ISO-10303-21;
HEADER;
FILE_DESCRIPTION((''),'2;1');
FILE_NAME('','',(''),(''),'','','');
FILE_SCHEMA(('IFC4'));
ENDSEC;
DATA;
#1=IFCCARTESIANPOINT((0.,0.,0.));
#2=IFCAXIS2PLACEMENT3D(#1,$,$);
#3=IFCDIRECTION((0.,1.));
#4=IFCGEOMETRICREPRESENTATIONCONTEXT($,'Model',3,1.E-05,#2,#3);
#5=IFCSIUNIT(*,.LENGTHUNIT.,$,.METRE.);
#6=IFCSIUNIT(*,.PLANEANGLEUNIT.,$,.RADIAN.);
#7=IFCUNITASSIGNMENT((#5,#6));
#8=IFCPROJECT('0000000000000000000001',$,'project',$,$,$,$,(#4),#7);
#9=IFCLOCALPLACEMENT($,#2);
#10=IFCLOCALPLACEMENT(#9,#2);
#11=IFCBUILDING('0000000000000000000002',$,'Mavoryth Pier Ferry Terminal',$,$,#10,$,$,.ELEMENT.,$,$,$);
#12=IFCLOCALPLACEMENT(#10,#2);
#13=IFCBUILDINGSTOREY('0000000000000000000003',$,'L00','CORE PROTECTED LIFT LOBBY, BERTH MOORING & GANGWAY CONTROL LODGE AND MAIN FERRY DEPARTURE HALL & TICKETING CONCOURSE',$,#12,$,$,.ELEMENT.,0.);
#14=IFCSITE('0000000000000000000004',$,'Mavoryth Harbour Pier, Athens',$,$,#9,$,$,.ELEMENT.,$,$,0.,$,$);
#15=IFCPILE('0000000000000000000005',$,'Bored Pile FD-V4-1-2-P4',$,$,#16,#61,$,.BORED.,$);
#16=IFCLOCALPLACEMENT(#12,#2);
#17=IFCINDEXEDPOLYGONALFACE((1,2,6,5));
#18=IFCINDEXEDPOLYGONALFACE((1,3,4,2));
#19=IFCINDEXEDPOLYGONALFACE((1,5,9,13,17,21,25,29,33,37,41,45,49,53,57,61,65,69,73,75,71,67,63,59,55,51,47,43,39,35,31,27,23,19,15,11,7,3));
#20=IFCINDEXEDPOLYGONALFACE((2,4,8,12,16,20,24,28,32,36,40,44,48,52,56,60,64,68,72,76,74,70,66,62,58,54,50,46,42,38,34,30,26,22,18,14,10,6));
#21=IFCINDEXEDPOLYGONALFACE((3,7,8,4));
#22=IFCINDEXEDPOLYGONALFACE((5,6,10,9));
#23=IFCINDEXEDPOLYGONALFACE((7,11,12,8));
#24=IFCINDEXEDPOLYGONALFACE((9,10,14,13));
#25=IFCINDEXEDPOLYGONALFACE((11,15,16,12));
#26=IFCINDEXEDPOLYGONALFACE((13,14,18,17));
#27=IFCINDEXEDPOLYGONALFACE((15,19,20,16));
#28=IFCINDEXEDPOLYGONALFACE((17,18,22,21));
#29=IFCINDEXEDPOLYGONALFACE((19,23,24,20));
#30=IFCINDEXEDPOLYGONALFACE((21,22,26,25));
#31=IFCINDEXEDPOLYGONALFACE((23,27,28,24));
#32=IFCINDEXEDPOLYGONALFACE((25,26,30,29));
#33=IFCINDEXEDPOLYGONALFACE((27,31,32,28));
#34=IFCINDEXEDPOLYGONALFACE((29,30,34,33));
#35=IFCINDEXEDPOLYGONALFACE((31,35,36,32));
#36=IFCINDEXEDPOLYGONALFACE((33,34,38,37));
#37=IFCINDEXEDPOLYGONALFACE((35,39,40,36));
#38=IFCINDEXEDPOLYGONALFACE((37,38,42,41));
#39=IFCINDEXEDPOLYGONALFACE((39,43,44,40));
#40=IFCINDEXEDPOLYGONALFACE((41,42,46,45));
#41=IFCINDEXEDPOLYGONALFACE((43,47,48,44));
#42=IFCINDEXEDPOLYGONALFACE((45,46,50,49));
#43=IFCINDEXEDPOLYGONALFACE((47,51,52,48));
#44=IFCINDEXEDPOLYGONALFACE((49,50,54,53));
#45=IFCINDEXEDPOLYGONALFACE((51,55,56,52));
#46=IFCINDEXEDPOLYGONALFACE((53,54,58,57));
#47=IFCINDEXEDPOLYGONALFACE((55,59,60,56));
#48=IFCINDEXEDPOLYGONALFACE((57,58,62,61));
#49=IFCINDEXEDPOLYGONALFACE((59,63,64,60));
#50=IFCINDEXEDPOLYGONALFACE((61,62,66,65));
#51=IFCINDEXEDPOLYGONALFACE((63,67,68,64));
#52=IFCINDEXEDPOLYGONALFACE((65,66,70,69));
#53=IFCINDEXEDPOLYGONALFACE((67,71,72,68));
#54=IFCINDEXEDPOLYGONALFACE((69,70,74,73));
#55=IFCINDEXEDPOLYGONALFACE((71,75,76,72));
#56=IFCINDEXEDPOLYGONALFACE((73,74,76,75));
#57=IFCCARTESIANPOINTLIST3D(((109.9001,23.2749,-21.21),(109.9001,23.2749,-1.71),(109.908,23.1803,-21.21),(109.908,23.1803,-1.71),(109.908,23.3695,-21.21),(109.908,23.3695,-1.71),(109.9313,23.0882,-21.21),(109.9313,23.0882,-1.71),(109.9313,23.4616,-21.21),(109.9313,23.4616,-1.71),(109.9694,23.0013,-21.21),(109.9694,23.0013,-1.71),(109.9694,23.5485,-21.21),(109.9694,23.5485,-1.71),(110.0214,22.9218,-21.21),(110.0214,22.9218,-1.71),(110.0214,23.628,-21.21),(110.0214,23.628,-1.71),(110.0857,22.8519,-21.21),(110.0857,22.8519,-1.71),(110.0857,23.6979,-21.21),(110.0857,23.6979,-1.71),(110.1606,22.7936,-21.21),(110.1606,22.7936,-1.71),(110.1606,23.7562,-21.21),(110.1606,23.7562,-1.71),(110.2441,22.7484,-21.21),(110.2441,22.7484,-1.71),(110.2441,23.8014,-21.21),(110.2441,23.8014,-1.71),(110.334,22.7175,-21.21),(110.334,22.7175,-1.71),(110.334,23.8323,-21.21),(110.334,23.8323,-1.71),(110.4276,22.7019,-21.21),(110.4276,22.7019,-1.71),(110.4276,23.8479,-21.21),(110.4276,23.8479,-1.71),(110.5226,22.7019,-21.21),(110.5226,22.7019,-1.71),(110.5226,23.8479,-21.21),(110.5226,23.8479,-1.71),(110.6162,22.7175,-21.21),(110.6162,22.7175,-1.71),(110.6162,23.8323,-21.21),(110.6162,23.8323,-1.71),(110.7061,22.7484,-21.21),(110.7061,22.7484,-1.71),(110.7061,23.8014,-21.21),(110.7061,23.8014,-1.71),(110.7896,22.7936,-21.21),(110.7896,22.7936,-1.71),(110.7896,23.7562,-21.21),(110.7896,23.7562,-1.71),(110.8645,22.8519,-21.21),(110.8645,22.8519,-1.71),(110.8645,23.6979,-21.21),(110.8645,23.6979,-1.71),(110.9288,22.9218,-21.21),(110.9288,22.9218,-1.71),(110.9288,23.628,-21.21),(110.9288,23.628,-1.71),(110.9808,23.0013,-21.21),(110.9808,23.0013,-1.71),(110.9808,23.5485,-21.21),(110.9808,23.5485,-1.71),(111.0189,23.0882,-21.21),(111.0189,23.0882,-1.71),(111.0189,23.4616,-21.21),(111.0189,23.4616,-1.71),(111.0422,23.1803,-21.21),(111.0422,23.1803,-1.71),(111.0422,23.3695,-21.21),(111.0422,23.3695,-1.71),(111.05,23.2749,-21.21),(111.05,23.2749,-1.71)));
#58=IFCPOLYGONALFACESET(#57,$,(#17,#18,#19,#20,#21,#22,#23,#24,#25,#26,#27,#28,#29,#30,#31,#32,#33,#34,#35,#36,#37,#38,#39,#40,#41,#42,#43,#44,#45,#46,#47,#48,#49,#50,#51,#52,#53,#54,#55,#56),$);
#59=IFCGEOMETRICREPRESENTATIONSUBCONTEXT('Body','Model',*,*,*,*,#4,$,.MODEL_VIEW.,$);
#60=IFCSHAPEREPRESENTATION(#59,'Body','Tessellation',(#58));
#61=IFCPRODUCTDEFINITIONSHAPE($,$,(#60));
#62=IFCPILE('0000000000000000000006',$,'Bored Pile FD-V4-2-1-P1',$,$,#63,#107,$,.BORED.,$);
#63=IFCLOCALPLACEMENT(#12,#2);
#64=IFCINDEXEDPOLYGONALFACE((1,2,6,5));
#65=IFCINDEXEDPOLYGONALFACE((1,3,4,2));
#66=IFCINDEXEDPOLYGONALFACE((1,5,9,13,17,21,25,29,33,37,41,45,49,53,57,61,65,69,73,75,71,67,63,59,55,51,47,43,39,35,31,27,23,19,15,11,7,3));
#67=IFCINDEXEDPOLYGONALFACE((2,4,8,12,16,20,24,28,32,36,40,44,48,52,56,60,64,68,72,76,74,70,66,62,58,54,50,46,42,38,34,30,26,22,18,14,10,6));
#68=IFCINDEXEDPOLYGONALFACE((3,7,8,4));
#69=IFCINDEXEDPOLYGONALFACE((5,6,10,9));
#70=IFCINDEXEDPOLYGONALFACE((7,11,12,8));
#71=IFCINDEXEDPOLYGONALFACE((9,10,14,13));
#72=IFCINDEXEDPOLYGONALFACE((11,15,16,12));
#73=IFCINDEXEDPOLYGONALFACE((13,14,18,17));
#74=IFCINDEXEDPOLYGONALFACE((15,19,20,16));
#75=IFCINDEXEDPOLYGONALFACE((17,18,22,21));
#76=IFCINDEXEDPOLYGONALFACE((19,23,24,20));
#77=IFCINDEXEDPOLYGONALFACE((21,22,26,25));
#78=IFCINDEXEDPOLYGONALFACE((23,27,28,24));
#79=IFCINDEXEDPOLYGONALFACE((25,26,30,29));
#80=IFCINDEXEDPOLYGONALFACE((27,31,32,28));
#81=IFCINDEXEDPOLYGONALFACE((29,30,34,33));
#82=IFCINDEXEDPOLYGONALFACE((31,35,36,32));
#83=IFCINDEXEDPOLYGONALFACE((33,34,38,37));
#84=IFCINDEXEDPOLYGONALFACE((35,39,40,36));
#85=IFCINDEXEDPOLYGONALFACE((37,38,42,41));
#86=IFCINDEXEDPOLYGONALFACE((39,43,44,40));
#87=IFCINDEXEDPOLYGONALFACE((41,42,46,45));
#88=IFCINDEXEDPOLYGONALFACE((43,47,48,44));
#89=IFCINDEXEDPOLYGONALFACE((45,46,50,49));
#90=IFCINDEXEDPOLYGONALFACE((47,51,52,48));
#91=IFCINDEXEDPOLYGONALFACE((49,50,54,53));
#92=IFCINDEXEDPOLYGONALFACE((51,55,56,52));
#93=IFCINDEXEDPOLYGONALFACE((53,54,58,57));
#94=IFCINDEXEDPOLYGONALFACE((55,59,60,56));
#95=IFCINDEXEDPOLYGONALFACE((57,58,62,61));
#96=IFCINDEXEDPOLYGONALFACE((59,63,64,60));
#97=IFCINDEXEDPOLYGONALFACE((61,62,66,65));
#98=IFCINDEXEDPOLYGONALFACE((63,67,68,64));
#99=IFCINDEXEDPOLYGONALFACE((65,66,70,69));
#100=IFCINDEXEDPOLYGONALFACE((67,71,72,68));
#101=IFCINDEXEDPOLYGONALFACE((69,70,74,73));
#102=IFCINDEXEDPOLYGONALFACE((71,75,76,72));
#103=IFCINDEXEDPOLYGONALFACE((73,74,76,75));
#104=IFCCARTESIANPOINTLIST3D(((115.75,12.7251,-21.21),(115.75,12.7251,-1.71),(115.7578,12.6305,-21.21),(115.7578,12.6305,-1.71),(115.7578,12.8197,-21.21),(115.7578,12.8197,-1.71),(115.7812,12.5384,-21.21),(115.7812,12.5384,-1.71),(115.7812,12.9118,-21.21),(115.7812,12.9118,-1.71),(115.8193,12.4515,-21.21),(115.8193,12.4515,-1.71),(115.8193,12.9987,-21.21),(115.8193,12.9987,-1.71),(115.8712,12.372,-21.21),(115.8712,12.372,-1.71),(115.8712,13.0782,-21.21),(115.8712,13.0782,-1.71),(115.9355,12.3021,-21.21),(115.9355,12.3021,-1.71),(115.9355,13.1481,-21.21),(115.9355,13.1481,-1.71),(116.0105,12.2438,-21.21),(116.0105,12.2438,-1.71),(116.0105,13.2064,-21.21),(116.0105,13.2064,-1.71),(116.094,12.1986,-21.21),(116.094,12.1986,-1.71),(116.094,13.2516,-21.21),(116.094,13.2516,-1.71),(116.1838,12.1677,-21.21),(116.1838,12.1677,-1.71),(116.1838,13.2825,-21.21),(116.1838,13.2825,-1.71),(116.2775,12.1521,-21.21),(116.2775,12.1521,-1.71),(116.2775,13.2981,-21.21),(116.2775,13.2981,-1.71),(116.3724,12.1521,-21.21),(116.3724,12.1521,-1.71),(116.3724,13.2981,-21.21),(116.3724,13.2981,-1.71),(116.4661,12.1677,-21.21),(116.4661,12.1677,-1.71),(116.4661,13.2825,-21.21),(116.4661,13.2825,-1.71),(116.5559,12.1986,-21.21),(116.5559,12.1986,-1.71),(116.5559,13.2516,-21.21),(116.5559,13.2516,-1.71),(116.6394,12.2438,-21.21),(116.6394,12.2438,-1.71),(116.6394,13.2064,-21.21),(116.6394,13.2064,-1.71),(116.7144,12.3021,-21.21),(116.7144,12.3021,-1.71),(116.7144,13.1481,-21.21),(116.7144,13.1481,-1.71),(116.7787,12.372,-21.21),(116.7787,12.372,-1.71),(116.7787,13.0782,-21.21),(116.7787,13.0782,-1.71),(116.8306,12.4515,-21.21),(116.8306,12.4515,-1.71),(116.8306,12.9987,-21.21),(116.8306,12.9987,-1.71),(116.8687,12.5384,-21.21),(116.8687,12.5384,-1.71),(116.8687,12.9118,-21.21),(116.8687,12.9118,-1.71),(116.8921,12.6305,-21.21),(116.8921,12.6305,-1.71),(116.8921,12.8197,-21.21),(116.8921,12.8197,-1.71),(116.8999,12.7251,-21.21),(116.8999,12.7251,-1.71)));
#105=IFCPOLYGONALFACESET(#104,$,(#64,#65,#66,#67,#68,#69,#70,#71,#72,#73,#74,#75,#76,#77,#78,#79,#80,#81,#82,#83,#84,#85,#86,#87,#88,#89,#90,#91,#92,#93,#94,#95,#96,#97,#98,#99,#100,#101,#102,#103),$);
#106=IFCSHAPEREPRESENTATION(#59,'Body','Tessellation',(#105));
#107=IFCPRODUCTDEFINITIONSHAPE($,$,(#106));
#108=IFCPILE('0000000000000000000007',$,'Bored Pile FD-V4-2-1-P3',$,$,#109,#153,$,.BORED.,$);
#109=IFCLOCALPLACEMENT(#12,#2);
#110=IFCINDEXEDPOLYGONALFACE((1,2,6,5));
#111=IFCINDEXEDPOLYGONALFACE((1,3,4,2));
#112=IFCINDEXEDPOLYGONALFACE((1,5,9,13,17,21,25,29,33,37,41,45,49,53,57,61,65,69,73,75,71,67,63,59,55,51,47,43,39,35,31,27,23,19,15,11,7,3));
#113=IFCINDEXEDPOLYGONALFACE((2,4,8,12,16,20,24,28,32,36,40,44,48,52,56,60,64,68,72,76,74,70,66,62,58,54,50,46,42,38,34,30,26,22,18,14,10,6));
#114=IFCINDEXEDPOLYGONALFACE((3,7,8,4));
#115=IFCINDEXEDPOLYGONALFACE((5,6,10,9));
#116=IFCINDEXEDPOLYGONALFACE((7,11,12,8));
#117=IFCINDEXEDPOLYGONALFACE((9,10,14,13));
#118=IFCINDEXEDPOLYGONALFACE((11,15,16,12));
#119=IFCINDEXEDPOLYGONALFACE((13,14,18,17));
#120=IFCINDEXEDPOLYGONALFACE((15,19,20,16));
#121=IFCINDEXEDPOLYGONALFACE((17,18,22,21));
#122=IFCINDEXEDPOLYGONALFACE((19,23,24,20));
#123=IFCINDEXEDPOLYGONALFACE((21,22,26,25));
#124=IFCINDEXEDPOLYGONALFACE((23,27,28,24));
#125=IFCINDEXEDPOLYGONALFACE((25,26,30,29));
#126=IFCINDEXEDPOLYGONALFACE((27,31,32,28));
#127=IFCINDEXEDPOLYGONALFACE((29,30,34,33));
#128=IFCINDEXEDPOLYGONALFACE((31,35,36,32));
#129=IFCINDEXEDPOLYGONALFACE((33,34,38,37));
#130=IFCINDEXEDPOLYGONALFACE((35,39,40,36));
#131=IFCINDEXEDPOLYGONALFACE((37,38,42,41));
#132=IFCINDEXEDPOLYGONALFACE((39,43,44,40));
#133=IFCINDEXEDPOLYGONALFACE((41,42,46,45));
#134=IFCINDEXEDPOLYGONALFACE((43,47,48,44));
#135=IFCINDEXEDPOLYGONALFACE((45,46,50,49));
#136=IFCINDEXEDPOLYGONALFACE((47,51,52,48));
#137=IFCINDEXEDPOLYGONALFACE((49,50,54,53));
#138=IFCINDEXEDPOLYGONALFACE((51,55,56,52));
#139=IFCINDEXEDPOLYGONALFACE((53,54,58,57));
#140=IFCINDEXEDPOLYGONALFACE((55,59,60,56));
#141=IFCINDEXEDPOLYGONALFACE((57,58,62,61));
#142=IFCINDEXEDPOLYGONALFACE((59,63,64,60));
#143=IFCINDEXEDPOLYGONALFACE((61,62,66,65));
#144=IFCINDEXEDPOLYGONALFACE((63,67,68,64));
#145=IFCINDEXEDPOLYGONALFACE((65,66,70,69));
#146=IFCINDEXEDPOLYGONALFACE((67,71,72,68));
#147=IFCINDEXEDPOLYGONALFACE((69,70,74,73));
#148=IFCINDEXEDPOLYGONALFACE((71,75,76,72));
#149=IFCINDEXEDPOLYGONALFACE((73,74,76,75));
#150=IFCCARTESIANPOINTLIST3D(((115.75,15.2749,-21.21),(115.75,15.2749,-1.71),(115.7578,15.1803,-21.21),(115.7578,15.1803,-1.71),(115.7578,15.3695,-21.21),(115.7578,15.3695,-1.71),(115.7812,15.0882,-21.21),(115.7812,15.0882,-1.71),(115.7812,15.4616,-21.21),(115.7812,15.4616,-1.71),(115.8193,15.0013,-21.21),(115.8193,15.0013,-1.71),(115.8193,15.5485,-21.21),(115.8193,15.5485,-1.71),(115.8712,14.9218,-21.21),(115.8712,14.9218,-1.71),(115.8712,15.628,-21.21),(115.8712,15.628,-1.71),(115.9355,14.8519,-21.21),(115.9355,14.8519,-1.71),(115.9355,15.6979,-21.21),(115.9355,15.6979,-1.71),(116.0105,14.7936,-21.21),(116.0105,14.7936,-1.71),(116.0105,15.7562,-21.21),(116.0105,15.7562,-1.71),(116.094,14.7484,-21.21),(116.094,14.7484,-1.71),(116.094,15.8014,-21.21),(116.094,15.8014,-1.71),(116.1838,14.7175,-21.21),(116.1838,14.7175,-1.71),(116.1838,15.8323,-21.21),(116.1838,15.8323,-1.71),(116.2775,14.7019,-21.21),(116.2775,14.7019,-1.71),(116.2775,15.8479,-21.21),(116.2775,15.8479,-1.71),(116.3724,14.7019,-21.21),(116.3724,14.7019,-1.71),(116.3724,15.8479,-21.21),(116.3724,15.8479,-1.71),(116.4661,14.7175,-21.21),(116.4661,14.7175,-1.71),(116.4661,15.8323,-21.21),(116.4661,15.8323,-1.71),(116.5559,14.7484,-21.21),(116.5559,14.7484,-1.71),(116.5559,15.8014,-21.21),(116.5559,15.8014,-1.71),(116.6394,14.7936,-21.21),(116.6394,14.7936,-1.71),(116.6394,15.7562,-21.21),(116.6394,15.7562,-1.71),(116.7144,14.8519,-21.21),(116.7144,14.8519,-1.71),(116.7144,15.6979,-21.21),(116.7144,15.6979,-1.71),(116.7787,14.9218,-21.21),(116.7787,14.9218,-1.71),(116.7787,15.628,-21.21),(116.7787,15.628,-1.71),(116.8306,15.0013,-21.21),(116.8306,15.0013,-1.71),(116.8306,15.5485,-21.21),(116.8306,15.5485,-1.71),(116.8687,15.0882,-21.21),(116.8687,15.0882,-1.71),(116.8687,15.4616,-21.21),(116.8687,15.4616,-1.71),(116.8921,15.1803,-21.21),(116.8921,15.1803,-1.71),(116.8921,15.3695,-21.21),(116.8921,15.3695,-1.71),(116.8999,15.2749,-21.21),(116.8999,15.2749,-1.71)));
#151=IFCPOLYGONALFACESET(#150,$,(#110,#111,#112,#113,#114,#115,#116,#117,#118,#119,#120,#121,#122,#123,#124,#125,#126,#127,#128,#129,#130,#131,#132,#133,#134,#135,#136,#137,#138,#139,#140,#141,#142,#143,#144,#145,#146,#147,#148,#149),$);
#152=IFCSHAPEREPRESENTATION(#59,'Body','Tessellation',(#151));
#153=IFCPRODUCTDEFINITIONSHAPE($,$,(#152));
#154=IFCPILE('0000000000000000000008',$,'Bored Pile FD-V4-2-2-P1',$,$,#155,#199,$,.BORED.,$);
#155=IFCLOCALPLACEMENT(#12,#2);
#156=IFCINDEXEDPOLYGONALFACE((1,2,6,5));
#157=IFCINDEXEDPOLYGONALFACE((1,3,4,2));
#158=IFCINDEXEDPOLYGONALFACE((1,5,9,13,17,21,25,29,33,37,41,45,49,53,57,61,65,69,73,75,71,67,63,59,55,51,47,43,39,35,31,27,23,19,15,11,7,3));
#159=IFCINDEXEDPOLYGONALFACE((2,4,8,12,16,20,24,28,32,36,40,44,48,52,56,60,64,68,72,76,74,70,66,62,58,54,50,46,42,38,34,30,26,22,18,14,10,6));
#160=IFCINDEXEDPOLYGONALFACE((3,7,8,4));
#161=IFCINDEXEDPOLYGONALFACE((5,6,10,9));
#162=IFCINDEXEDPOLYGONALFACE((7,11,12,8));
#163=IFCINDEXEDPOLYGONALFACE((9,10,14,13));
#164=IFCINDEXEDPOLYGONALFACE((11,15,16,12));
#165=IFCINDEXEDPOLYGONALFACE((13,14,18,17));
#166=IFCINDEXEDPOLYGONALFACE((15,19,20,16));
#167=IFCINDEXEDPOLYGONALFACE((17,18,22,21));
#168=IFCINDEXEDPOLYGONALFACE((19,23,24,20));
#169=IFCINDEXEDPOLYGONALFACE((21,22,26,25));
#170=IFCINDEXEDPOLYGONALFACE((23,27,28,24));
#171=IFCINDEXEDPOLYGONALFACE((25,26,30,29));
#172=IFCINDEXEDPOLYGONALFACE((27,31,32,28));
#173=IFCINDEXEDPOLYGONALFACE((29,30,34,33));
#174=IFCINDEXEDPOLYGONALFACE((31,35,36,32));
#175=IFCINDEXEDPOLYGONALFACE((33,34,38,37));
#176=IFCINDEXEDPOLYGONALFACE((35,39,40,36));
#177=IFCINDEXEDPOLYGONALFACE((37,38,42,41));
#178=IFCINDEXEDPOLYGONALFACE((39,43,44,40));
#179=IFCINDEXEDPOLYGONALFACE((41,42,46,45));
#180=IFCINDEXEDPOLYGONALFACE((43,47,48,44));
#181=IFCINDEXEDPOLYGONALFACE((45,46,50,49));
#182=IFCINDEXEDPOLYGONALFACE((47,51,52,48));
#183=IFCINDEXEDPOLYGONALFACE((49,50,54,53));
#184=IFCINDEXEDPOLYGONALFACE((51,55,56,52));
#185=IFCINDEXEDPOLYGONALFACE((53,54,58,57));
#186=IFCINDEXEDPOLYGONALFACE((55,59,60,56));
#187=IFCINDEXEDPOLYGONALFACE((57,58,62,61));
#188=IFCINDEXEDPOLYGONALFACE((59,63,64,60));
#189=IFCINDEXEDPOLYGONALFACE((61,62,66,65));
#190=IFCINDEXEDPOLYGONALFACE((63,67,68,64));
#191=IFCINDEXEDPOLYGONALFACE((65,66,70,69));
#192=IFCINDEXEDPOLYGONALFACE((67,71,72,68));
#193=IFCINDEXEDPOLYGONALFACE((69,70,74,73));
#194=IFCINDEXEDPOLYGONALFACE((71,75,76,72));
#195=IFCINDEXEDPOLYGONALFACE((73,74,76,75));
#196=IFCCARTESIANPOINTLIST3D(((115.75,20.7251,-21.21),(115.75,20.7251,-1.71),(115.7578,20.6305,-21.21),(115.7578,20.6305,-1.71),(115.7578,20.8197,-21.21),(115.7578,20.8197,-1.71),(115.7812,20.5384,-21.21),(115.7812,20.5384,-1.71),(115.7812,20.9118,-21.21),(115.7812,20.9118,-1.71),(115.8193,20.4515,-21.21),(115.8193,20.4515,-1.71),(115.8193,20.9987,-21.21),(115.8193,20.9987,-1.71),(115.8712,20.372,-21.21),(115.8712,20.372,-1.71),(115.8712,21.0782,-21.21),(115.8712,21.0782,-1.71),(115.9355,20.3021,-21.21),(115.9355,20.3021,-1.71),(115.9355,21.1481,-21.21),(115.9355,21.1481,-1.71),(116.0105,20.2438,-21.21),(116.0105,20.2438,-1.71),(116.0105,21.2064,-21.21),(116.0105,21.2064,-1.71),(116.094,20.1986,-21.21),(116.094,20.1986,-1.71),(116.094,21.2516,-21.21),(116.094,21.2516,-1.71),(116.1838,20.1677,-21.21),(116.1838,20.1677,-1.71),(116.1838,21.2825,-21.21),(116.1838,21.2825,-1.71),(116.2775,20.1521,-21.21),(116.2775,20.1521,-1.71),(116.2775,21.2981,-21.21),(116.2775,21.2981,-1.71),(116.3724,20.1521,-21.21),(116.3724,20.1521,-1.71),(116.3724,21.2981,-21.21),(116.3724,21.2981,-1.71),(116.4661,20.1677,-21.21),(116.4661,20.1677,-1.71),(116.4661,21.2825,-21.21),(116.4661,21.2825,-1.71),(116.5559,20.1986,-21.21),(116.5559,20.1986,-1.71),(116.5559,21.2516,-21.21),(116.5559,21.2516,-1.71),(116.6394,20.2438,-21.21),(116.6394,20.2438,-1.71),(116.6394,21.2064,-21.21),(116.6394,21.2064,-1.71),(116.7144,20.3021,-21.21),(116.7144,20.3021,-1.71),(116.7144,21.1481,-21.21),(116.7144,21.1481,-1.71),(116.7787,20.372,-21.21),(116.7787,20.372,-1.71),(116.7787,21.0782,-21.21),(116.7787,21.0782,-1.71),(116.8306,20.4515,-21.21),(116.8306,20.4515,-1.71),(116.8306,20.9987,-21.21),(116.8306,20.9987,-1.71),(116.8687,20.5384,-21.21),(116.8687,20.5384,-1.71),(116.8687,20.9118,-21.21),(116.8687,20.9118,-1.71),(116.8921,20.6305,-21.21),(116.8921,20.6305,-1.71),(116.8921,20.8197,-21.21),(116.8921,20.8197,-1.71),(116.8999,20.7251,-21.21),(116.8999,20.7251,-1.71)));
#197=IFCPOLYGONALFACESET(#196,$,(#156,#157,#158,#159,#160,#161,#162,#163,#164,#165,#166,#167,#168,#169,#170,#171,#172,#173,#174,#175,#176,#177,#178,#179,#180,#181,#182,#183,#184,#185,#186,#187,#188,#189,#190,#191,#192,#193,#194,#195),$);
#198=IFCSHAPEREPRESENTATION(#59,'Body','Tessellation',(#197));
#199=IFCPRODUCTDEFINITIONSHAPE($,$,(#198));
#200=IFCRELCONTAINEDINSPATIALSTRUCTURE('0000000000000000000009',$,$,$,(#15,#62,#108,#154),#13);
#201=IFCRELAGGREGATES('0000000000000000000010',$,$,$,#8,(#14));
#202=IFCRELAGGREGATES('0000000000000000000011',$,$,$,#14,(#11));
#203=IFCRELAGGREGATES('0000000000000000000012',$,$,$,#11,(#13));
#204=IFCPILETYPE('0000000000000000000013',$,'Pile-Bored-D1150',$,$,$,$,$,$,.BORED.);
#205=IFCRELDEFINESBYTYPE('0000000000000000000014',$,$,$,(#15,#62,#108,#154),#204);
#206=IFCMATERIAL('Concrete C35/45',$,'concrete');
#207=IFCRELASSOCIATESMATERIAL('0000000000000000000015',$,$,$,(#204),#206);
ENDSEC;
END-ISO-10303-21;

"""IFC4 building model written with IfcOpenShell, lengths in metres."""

from ifc_helpers import new_model, si_unit, direction, frame, origin, origin_2d, place, context, subcontext, project, spatial, circle, extrude, material, material_profile, profile_set, type_object, element, save


model = new_model("IFC4")

# Units and contexts
model_context = context("Model", 3, precision=1e-05, world=origin(), true_north=direction((0.0, 1.0)))
body_context = subcontext(model_context, "Body", "Model", "MODEL_VIEW")
ifc_project = project(units=[si_unit("LENGTHUNIT", "METRE"), si_unit("PLANEANGLEUNIT", "RADIAN")], contexts=[model_context])

# Site, building, storey
site_placement = place(None, origin())
site = spatial("IfcSite", under=ifc_project, at=site_placement, Name="Mavoryth Harbour Pier, Athens", CompositionType="ELEMENT", RefElevation=0.0)
building_placement = place(site_placement, origin())
building = spatial("IfcBuilding", under=site, at=building_placement, Name="Mavoryth Pier Ferry Terminal", CompositionType="ELEMENT")
storey_placement = place(building_placement, origin())
storey = spatial("IfcBuildingStorey", under=building, at=storey_placement, Name="L00", Description="CORE PROTECTED LIFT LOBBY, BERTH MOORING & GANGWAY CONTROL LODGE AND MAIN FERRY DEPARTURE HALL & TICKETING CONCOURSE", CompositionType="ELEMENT", Elevation=0.0)

# Shared definitions
ifc_material_1 = material(Name="Concrete C35/45", Category="concrete")

# Piles
ifc_material_profile_1 = material_profile(ifc_material_1, circle(Radius=0.575, at=origin_2d()), Name="PILE D1150", Category="concrete")
ifc_profile_set_1 = profile_set([ifc_material_profile_1], Name="Concrete C35/45 - PILE D1150")
pile_type_1 = type_object("IfcPileType", Name="Pile-Bored-D1150", PredefinedType="BORED", material=ifc_profile_set_1)
for number, where, z_axis, x_axis, name in (
    (1, (110.4751, 23.2749, -1.71), (0.0, 0.0, -1.0), (1.0, 0.0, 0.0), "Bored Pile FD-V4-1-2-P4"),
    (2, (116.325, 12.7251, -1.71), (0.0, 0.0, -1.0), (1.0, 0.0, 0.0), "Bored Pile FD-V4-2-1-P1"),
    (3, (116.325, 15.2749, -1.71), (0.0, 0.0, -1.0), (1.0, 0.0, 0.0), "Bored Pile FD-V4-2-1-P3"),
    (4, (116.325, 20.7251, -1.71), (0.0, 0.0, -1.0), (1.0, 0.0, 0.0), "Bored Pile FD-V4-2-2-P1"),
):
    element("IfcPile", number, at=place(storey_placement, frame(where, z_axis=z_axis, x_axis=x_axis)), inside=storey, type_object=pile_type_1, Name=name, PredefinedType="BORED", context=body_context, shape_type="SweptSolid", body=[
        extrude(circle(Radius=0.575, at=origin_2d()), origin(), (0.0, 0.0, 1.0), 19.5),
    ])

save(model, "model.ifc")
